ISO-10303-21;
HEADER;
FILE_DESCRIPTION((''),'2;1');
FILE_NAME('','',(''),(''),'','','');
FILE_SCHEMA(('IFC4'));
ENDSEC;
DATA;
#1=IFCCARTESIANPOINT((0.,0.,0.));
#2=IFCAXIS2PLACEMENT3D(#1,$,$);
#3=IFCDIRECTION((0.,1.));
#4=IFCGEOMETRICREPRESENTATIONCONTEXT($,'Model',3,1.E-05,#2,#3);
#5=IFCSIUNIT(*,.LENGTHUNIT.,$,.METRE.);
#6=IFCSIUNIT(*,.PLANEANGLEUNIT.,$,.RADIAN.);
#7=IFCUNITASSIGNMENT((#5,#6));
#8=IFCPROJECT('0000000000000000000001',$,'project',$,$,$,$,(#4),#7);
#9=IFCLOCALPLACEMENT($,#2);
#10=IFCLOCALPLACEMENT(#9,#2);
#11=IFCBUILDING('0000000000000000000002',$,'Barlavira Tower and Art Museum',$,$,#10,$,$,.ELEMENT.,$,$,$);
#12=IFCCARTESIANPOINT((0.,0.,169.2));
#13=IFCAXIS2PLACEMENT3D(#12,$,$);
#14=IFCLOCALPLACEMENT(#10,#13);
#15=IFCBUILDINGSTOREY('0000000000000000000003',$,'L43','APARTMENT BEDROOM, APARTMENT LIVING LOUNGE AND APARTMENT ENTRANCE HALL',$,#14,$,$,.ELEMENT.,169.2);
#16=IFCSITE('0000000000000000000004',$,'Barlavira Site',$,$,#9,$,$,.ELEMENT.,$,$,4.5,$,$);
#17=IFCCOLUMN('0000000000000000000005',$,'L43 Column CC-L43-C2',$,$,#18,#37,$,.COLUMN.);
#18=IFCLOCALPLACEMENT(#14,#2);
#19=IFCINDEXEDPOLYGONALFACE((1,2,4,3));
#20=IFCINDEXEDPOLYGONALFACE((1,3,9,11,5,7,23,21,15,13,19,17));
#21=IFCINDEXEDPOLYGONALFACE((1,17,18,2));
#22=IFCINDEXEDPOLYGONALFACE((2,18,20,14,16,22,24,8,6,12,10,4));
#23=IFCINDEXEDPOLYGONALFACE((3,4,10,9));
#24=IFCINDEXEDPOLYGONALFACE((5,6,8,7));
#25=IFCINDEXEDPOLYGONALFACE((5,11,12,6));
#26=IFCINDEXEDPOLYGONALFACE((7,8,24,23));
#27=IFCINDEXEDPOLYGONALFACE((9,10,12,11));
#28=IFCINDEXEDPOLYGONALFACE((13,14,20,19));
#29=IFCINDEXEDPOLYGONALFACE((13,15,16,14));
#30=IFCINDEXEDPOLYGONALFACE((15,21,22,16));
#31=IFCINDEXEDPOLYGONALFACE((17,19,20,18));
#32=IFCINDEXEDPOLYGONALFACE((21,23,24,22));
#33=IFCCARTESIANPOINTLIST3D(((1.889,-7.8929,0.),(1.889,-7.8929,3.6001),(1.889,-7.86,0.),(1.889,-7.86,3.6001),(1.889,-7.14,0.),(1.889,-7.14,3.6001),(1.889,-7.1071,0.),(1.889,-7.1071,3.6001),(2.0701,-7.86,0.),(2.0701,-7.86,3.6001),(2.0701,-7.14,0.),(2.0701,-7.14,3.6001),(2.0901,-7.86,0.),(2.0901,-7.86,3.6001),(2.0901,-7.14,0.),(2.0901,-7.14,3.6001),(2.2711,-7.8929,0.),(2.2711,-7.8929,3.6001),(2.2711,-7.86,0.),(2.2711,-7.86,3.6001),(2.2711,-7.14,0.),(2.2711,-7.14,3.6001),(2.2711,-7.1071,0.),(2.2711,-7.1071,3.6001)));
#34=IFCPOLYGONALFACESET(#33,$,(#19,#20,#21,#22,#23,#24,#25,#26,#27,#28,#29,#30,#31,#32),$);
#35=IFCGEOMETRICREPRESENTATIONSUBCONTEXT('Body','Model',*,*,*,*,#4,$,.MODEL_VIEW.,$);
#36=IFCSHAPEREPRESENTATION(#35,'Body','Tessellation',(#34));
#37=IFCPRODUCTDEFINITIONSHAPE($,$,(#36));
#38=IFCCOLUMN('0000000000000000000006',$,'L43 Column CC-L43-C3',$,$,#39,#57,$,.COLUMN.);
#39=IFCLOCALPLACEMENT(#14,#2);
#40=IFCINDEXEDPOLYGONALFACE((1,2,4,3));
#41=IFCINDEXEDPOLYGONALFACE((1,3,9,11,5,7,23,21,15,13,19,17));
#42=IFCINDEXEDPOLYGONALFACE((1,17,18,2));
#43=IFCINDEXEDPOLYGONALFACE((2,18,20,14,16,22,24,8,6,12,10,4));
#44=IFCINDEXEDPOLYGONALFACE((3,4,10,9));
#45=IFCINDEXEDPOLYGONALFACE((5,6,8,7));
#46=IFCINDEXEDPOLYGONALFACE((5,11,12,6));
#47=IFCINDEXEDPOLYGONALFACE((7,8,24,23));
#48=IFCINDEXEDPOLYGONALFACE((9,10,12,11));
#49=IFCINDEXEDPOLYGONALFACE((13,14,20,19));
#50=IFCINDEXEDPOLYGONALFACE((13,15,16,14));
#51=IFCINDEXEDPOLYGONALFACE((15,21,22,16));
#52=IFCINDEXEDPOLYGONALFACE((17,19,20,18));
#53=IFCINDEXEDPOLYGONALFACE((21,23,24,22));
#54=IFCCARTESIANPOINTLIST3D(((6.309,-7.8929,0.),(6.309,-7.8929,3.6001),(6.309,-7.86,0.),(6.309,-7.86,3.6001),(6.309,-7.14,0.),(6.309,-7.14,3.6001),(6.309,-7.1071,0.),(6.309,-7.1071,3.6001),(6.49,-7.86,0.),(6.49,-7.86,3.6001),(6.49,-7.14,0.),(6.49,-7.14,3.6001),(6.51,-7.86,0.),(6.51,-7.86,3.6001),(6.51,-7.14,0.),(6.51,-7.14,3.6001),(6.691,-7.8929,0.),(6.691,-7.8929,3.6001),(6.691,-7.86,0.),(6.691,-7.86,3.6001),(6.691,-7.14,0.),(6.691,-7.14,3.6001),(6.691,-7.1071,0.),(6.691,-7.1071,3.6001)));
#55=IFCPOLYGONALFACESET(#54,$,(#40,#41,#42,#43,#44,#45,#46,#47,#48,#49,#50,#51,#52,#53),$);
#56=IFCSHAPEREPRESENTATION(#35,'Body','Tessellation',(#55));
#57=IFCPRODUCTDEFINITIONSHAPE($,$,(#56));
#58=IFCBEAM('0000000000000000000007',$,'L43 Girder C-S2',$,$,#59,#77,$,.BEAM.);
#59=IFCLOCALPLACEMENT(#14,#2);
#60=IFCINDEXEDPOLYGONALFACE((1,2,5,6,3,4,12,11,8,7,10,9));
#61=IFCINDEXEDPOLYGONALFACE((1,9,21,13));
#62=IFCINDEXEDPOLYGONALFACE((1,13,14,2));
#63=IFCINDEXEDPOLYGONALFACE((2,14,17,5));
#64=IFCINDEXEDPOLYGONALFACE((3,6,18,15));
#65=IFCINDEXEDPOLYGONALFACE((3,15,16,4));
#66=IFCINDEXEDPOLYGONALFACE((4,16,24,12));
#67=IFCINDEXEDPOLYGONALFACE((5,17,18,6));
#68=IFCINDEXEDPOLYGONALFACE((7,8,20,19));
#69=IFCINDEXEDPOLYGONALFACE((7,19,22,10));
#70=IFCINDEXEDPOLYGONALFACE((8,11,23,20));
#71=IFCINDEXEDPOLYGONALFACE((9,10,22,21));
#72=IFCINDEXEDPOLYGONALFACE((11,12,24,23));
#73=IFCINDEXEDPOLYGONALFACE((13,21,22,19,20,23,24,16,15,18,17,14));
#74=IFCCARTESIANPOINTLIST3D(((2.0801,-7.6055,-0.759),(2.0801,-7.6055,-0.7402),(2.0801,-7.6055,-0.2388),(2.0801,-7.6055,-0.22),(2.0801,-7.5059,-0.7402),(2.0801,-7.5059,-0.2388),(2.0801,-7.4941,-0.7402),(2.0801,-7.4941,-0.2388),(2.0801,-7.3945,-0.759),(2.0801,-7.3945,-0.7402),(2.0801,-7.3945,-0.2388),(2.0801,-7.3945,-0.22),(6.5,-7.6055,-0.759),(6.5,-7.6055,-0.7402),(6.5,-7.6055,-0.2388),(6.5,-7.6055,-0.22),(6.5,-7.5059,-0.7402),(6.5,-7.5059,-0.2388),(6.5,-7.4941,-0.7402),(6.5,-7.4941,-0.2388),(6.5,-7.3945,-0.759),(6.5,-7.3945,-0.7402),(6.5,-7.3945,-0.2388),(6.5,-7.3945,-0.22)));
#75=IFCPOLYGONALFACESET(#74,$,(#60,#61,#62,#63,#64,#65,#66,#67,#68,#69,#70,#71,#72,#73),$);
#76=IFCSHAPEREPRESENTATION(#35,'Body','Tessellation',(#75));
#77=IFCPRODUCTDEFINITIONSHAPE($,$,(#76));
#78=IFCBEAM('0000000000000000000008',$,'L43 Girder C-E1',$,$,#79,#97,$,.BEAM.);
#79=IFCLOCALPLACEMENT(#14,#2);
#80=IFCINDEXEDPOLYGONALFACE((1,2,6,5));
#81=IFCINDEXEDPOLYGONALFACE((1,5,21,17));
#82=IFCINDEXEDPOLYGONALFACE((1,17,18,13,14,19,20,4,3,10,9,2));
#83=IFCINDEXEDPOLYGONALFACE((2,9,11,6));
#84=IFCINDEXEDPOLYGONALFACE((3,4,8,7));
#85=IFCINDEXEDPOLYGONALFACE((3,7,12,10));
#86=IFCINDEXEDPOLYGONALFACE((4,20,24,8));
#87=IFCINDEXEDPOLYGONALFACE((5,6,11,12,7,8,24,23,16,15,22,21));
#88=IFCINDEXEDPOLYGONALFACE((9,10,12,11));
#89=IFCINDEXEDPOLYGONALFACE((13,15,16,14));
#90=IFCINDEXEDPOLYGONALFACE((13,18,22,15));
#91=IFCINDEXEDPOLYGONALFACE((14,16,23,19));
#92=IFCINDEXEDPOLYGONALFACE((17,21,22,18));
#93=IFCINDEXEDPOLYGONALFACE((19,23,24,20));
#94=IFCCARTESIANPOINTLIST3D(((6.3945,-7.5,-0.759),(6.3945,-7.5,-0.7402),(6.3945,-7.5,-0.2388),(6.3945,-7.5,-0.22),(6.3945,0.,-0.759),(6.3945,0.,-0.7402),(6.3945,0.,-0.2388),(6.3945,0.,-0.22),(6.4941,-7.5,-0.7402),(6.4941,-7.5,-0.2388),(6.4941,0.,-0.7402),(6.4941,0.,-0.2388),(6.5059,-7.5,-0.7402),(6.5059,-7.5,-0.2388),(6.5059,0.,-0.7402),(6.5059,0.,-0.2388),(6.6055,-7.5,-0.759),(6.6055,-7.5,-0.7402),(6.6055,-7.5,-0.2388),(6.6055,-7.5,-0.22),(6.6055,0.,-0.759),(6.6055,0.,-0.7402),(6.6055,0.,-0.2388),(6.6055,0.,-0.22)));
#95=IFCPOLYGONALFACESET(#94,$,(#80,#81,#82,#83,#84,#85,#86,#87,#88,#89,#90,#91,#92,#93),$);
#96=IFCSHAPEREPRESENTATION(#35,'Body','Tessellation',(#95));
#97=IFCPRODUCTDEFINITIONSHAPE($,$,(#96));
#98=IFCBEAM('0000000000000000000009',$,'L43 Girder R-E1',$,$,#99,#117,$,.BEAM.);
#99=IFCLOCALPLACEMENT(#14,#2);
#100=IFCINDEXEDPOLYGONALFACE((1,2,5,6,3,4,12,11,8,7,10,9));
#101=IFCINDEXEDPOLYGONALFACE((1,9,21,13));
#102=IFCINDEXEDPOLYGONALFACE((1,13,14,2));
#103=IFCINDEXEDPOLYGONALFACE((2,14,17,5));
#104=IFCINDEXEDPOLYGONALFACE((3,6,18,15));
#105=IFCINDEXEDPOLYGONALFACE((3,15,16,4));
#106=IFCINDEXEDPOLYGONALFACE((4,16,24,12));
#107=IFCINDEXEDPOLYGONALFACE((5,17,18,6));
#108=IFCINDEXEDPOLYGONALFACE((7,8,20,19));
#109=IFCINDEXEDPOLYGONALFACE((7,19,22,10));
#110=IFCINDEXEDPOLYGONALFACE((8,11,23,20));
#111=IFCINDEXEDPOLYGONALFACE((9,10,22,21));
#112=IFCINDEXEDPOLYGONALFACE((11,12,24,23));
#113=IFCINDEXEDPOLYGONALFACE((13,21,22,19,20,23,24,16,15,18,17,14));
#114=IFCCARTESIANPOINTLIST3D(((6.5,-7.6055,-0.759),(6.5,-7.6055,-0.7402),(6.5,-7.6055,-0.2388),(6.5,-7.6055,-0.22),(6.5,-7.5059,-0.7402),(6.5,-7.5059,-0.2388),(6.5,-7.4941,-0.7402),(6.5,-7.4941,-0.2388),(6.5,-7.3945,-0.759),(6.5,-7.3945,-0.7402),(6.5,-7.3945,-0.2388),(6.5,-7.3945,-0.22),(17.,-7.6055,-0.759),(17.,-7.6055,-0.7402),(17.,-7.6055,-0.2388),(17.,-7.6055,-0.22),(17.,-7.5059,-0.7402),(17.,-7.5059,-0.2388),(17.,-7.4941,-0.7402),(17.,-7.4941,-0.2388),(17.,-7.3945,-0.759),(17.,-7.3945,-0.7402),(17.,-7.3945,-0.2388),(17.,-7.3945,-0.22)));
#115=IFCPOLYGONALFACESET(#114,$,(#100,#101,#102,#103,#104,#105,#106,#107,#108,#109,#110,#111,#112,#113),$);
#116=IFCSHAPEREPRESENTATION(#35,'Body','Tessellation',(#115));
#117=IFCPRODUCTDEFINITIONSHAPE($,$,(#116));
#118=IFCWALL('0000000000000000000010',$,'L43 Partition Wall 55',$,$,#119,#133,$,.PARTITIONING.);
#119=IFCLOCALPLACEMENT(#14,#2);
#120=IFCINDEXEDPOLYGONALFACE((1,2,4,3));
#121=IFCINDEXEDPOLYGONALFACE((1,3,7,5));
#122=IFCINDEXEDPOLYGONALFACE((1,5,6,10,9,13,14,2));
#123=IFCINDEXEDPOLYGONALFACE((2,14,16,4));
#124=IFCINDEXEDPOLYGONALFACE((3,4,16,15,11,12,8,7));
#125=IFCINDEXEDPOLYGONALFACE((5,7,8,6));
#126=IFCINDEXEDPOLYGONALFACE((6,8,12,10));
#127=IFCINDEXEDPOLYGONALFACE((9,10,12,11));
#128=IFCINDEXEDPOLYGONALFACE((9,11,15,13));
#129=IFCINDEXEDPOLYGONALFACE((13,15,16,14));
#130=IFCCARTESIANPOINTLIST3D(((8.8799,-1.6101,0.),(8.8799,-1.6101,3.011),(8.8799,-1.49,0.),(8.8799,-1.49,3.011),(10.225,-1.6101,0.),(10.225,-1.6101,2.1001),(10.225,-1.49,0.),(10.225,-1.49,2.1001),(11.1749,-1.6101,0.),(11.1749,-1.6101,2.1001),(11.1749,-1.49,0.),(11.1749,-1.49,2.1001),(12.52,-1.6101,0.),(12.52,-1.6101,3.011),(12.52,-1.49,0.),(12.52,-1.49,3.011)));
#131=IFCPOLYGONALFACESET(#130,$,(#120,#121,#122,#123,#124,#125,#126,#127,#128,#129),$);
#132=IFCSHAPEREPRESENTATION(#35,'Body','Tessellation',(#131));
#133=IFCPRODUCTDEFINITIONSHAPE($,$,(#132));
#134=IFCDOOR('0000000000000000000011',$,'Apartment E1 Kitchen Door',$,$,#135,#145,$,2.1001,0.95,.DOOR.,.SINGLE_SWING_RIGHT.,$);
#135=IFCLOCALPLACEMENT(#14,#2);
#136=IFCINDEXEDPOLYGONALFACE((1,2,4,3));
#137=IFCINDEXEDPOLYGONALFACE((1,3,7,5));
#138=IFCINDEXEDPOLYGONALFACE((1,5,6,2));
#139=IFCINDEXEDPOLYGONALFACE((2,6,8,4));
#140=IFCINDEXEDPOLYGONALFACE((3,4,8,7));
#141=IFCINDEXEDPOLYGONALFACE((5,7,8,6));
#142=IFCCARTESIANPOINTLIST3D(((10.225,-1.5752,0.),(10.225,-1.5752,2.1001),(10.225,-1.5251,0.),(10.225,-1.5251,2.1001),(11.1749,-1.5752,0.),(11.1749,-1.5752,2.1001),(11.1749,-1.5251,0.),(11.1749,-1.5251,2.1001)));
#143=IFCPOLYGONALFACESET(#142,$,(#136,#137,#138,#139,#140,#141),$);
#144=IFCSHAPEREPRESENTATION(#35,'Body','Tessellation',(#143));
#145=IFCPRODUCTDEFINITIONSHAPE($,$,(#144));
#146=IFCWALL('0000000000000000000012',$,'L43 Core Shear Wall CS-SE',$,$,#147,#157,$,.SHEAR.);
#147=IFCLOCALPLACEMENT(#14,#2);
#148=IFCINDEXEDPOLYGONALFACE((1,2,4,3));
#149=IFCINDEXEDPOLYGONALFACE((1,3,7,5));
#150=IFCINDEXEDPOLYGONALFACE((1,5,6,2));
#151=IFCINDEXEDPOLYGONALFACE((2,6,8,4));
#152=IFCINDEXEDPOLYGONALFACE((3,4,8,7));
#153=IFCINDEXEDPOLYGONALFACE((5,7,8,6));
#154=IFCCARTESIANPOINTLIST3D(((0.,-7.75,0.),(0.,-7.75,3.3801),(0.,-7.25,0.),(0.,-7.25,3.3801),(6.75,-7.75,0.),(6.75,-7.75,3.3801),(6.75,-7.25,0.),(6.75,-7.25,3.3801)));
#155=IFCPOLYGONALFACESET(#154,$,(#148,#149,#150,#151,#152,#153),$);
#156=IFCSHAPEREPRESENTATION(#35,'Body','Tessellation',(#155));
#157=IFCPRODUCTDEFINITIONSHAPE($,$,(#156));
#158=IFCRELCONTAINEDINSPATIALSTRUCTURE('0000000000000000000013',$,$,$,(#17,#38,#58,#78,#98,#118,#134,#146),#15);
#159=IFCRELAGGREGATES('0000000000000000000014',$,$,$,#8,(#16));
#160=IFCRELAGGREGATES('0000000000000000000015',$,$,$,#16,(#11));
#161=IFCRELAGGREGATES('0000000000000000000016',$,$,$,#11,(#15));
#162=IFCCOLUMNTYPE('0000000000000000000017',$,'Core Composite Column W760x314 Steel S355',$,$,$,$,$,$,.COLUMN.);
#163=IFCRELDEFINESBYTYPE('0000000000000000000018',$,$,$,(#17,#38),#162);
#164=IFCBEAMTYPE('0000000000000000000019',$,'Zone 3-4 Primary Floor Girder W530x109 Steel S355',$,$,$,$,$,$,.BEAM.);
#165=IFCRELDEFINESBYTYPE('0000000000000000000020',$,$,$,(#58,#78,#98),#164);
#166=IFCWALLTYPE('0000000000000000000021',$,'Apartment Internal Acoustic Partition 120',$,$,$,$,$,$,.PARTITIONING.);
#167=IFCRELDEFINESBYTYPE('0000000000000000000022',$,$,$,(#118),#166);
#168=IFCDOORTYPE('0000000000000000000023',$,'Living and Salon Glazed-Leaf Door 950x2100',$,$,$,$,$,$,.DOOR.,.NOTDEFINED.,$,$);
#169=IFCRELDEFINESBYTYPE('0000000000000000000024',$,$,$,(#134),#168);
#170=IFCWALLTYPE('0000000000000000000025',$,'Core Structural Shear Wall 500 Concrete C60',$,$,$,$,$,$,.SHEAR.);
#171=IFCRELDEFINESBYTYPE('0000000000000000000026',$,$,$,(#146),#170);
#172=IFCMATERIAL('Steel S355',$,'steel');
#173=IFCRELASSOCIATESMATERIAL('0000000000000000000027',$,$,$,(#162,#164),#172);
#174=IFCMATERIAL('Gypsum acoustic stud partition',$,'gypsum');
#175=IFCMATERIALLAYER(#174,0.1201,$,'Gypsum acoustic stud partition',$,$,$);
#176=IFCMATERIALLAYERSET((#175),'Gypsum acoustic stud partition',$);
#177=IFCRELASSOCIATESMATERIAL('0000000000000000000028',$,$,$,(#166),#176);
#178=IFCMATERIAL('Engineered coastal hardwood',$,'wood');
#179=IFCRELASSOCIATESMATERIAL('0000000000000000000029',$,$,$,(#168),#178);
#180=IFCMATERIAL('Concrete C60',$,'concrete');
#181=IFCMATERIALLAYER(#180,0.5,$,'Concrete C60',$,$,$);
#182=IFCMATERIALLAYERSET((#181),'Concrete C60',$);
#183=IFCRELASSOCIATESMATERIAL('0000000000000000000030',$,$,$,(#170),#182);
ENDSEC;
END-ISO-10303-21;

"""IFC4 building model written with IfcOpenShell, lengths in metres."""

from ifc_helpers import new_model, si_unit, direction, frame, frame_2d, origin, origin_2d, place, context, subcontext, project, spatial, rectangle, i_section, extrude, material, layer, layer_set, material_profile, profile_set, type_object, element, fill, save


model = new_model("IFC4")

# Units and contexts
model_context = context("Model", 3, precision=1e-05, world=origin(), true_north=direction((0.0, 1.0)))
body_context = subcontext(model_context, "Body", "Model", "MODEL_VIEW")
ifc_project = project(units=[si_unit("LENGTHUNIT", "METRE"), si_unit("PLANEANGLEUNIT", "RADIAN")], contexts=[model_context])

# Site, building, storey
site_placement = place(None, origin())
site = spatial("IfcSite", under=ifc_project, at=site_placement, Name="Barlavira Site", CompositionType="ELEMENT", RefElevation=4.5)
building_placement = place(site_placement, origin())
building = spatial("IfcBuilding", under=site, at=building_placement, Name="Barlavira Tower and Art Museum", CompositionType="ELEMENT")
storey_placement = place(building_placement, frame((0.0, 0.0, 169.2)))
storey = spatial("IfcBuildingStorey", under=building, at=storey_placement, Name="L43", Description="APARTMENT BEDROOM, APARTMENT LIVING LOUNGE AND APARTMENT ENTRANCE HALL", CompositionType="ELEMENT", Elevation=169.2)

# Columns
ifc_material_1 = material(Name="Steel S355", Category="steel")
ifc_material_profile_1 = material_profile(ifc_material_1, i_section(OverallWidth=0.3821, OverallDepth=0.7859, WebThickness=0.02, FlangeThickness=0.033, at=origin_2d()), Name="W760x314.0")
ifc_profile_set_1 = profile_set([ifc_material_profile_1], Name="Steel S355")
column_type = type_object("IfcColumnType", Name="Core Composite Column W760x314 Steel S355", PredefinedType="COLUMN", material=ifc_profile_set_1)
for number, where, z_axis, x_axis, name in (
    (1, (2.0801, -7.5, 0.0), (0.0, 0.0, 1.0), (1.0, 0.0, 0.0), "L43 Column CC-L43-C2"),
    (2, (6.5, -7.5, 0.0), (0.0, 0.0, 1.0), (1.0, 0.0, 0.0), "L43 Column CC-L43-C3"),
):
    element("IfcColumn", number, at=place(storey_placement, frame(where, z_axis=z_axis, x_axis=x_axis)), inside=storey, type_object=column_type, Name=name, PredefinedType="COLUMN", context=body_context, shape_type="SweptSolid", body=[
        extrude(i_section(OverallWidth=0.3821, OverallDepth=0.7859, WebThickness=0.02, FlangeThickness=0.033, at=origin_2d()), origin(), (0.0, 0.0, 1.0), 3.6001),
    ])

# Beams
ifc_material_profile_2 = material_profile(ifc_material_1, i_section(OverallWidth=0.2109, OverallDepth=0.5391, WebThickness=0.0117, FlangeThickness=0.0188, at=origin_2d()), Name="W530x109.0")
ifc_profile_set_2 = profile_set([ifc_material_profile_2], Name="Steel S355")
beam_type = type_object("IfcBeamType", Name="Zone 3-4 Primary Floor Girder W530x109 Steel S355", PredefinedType="BEAM", material=ifc_profile_set_2)
beam_1_placement = place(storey_placement, frame((2.0801, -7.5, -0.4895), z_axis=(1.0, 0.0, 0.0), x_axis=(0.0, 1.0, 0.0)))
element("IfcBeam", 3, at=beam_1_placement, inside=storey, type_object=beam_type, Name="L43 Girder C-S2", PredefinedType="BEAM", context=body_context, shape_type="SweptSolid", body=[
    extrude(i_section(OverallWidth=0.2109, OverallDepth=0.5391, WebThickness=0.0117, FlangeThickness=0.0188, at=origin_2d()), origin(), (0.0, 0.0, 1.0), 4.4199),
])
beam_2_placement = place(storey_placement, frame((6.5, -7.5, -0.4895), z_axis=(0.0, 1.0, 0.0), x_axis=(-1.0, 0.0, 0.0)))
element("IfcBeam", 4, at=beam_2_placement, inside=storey, type_object=beam_type, Name="L43 Girder C-E1", PredefinedType="BEAM", context=body_context, shape_type="SweptSolid", body=[
    extrude(i_section(OverallWidth=0.2109, OverallDepth=0.5391, WebThickness=0.0117, FlangeThickness=0.0188, at=origin_2d()), origin(), (0.0, 0.0, 1.0), 7.5),
])
beam_3_placement = place(storey_placement, frame((6.5, -7.5, -0.4895), z_axis=(1.0, 0.0, 0.0), x_axis=(0.0, 1.0, 0.0)))
element("IfcBeam", 5, at=beam_3_placement, inside=storey, type_object=beam_type, Name="L43 Girder R-E1", PredefinedType="BEAM", context=body_context, shape_type="SweptSolid", body=[
    extrude(i_section(OverallWidth=0.2109, OverallDepth=0.5391, WebThickness=0.0117, FlangeThickness=0.0188, at=origin_2d()), origin(), (0.0, 0.0, 1.0), 10.5),
])

# Wall, opening, door
ifc_material_2 = material(Name="Gypsum acoustic stud partition", Category="gypsum")
ifc_layer_1 = layer(ifc_material_2, 0.1201, Name="Gypsum acoustic stud partition")
ifc_layer_set_1 = layer_set([ifc_layer_1], Name="Gypsum acoustic stud partition")
wall_type_1 = type_object("IfcWallType", Name="Apartment Internal Acoustic Partition 120", PredefinedType="PARTITIONING", material=ifc_layer_set_1)
wall_1_placement = place(storey_placement, frame((8.8799, -1.55, 0.0), z_axis=(0.0, 0.0, 1.0), x_axis=(1.0, 0.0, 0.0)))
wall_1 = element("IfcWall", 6, at=wall_1_placement, inside=storey, type_object=wall_type_1, Name="L43 Partition Wall 55", PredefinedType="PARTITIONING", context=body_context, shape_type="SweptSolid", body=[
    extrude(rectangle(XDim=3.6401, YDim=0.1201, at=frame_2d((1.8201, 0.0))), origin(), (0.0, 0.0, 1.0), 3.011),
])
opening_1_placement = place(wall_1_placement, frame((1.345, 0.0, 0.0)))
opening_1 = element("IfcOpeningElement", 7, at=opening_1_placement, cuts=wall_1, PredefinedType="OPENING", context=body_context, shape_type="SweptSolid", body=[
    extrude(rectangle(XDim=0.95, YDim=2.1001, at=frame_2d((0.4751, 1.05))), frame((0.0, 0.0701, 0.0), z_axis=(0.0, -1.0, 0.0), x_axis=(1.0, 0.0, 0.0)), (0.0, 0.0, 1.0), 0.1401),
])
ifc_material_3 = material(Name="Engineered coastal hardwood", Category="wood")
door_type_1 = type_object("IfcDoorType", Name="Living and Salon Glazed-Leaf Door 950x2100", OperationType="NOTDEFINED", PredefinedType="DOOR", material=ifc_material_3)
door_1_placement = place(opening_1_placement, origin())
door_1 = element("IfcDoor", 8, at=door_1_placement, inside=storey, type_object=door_type_1, Name="Apartment E1 Kitchen Door", OperationType="SINGLE_SWING_RIGHT", OverallHeight=2.1001, OverallWidth=0.95, PredefinedType="DOOR", context=body_context, shape_type="SweptSolid", body=[
    extrude(rectangle(XDim=0.95, YDim=2.1001, at=frame_2d((0.4751, 1.05))), frame((0.0, 0.0249, 0.0), z_axis=(0.0, -1.0, 0.0), x_axis=(1.0, 0.0, 0.0)), (0.0, 0.0, 1.0), 0.05),
])
fill(opening_1, door_1)

# Wall
ifc_material_4 = material(Name="Concrete C60", Category="concrete")
ifc_layer_2 = layer(ifc_material_4, 0.5, Name="Concrete C60")
ifc_layer_set_2 = layer_set([ifc_layer_2], Name="Concrete C60")
wall_type_2 = type_object("IfcWallType", Name="Core Structural Shear Wall 500 Concrete C60", PredefinedType="SHEAR", material=ifc_layer_set_2)
wall_2_placement = place(storey_placement, frame((0.0, -7.5, 0.0), z_axis=(0.0, 0.0, 1.0), x_axis=(1.0, 0.0, 0.0)))
element("IfcWall", 9, at=wall_2_placement, inside=storey, type_object=wall_type_2, Name="L43 Core Shear Wall CS-SE", PredefinedType="SHEAR", context=body_context, shape_type="SweptSolid", body=[
    extrude(rectangle(XDim=6.75, YDim=0.5, at=frame_2d((3.375, 0.0))), origin(), (0.0, 0.0, 1.0), 3.3801),
])

save(model, "model.ifc")
